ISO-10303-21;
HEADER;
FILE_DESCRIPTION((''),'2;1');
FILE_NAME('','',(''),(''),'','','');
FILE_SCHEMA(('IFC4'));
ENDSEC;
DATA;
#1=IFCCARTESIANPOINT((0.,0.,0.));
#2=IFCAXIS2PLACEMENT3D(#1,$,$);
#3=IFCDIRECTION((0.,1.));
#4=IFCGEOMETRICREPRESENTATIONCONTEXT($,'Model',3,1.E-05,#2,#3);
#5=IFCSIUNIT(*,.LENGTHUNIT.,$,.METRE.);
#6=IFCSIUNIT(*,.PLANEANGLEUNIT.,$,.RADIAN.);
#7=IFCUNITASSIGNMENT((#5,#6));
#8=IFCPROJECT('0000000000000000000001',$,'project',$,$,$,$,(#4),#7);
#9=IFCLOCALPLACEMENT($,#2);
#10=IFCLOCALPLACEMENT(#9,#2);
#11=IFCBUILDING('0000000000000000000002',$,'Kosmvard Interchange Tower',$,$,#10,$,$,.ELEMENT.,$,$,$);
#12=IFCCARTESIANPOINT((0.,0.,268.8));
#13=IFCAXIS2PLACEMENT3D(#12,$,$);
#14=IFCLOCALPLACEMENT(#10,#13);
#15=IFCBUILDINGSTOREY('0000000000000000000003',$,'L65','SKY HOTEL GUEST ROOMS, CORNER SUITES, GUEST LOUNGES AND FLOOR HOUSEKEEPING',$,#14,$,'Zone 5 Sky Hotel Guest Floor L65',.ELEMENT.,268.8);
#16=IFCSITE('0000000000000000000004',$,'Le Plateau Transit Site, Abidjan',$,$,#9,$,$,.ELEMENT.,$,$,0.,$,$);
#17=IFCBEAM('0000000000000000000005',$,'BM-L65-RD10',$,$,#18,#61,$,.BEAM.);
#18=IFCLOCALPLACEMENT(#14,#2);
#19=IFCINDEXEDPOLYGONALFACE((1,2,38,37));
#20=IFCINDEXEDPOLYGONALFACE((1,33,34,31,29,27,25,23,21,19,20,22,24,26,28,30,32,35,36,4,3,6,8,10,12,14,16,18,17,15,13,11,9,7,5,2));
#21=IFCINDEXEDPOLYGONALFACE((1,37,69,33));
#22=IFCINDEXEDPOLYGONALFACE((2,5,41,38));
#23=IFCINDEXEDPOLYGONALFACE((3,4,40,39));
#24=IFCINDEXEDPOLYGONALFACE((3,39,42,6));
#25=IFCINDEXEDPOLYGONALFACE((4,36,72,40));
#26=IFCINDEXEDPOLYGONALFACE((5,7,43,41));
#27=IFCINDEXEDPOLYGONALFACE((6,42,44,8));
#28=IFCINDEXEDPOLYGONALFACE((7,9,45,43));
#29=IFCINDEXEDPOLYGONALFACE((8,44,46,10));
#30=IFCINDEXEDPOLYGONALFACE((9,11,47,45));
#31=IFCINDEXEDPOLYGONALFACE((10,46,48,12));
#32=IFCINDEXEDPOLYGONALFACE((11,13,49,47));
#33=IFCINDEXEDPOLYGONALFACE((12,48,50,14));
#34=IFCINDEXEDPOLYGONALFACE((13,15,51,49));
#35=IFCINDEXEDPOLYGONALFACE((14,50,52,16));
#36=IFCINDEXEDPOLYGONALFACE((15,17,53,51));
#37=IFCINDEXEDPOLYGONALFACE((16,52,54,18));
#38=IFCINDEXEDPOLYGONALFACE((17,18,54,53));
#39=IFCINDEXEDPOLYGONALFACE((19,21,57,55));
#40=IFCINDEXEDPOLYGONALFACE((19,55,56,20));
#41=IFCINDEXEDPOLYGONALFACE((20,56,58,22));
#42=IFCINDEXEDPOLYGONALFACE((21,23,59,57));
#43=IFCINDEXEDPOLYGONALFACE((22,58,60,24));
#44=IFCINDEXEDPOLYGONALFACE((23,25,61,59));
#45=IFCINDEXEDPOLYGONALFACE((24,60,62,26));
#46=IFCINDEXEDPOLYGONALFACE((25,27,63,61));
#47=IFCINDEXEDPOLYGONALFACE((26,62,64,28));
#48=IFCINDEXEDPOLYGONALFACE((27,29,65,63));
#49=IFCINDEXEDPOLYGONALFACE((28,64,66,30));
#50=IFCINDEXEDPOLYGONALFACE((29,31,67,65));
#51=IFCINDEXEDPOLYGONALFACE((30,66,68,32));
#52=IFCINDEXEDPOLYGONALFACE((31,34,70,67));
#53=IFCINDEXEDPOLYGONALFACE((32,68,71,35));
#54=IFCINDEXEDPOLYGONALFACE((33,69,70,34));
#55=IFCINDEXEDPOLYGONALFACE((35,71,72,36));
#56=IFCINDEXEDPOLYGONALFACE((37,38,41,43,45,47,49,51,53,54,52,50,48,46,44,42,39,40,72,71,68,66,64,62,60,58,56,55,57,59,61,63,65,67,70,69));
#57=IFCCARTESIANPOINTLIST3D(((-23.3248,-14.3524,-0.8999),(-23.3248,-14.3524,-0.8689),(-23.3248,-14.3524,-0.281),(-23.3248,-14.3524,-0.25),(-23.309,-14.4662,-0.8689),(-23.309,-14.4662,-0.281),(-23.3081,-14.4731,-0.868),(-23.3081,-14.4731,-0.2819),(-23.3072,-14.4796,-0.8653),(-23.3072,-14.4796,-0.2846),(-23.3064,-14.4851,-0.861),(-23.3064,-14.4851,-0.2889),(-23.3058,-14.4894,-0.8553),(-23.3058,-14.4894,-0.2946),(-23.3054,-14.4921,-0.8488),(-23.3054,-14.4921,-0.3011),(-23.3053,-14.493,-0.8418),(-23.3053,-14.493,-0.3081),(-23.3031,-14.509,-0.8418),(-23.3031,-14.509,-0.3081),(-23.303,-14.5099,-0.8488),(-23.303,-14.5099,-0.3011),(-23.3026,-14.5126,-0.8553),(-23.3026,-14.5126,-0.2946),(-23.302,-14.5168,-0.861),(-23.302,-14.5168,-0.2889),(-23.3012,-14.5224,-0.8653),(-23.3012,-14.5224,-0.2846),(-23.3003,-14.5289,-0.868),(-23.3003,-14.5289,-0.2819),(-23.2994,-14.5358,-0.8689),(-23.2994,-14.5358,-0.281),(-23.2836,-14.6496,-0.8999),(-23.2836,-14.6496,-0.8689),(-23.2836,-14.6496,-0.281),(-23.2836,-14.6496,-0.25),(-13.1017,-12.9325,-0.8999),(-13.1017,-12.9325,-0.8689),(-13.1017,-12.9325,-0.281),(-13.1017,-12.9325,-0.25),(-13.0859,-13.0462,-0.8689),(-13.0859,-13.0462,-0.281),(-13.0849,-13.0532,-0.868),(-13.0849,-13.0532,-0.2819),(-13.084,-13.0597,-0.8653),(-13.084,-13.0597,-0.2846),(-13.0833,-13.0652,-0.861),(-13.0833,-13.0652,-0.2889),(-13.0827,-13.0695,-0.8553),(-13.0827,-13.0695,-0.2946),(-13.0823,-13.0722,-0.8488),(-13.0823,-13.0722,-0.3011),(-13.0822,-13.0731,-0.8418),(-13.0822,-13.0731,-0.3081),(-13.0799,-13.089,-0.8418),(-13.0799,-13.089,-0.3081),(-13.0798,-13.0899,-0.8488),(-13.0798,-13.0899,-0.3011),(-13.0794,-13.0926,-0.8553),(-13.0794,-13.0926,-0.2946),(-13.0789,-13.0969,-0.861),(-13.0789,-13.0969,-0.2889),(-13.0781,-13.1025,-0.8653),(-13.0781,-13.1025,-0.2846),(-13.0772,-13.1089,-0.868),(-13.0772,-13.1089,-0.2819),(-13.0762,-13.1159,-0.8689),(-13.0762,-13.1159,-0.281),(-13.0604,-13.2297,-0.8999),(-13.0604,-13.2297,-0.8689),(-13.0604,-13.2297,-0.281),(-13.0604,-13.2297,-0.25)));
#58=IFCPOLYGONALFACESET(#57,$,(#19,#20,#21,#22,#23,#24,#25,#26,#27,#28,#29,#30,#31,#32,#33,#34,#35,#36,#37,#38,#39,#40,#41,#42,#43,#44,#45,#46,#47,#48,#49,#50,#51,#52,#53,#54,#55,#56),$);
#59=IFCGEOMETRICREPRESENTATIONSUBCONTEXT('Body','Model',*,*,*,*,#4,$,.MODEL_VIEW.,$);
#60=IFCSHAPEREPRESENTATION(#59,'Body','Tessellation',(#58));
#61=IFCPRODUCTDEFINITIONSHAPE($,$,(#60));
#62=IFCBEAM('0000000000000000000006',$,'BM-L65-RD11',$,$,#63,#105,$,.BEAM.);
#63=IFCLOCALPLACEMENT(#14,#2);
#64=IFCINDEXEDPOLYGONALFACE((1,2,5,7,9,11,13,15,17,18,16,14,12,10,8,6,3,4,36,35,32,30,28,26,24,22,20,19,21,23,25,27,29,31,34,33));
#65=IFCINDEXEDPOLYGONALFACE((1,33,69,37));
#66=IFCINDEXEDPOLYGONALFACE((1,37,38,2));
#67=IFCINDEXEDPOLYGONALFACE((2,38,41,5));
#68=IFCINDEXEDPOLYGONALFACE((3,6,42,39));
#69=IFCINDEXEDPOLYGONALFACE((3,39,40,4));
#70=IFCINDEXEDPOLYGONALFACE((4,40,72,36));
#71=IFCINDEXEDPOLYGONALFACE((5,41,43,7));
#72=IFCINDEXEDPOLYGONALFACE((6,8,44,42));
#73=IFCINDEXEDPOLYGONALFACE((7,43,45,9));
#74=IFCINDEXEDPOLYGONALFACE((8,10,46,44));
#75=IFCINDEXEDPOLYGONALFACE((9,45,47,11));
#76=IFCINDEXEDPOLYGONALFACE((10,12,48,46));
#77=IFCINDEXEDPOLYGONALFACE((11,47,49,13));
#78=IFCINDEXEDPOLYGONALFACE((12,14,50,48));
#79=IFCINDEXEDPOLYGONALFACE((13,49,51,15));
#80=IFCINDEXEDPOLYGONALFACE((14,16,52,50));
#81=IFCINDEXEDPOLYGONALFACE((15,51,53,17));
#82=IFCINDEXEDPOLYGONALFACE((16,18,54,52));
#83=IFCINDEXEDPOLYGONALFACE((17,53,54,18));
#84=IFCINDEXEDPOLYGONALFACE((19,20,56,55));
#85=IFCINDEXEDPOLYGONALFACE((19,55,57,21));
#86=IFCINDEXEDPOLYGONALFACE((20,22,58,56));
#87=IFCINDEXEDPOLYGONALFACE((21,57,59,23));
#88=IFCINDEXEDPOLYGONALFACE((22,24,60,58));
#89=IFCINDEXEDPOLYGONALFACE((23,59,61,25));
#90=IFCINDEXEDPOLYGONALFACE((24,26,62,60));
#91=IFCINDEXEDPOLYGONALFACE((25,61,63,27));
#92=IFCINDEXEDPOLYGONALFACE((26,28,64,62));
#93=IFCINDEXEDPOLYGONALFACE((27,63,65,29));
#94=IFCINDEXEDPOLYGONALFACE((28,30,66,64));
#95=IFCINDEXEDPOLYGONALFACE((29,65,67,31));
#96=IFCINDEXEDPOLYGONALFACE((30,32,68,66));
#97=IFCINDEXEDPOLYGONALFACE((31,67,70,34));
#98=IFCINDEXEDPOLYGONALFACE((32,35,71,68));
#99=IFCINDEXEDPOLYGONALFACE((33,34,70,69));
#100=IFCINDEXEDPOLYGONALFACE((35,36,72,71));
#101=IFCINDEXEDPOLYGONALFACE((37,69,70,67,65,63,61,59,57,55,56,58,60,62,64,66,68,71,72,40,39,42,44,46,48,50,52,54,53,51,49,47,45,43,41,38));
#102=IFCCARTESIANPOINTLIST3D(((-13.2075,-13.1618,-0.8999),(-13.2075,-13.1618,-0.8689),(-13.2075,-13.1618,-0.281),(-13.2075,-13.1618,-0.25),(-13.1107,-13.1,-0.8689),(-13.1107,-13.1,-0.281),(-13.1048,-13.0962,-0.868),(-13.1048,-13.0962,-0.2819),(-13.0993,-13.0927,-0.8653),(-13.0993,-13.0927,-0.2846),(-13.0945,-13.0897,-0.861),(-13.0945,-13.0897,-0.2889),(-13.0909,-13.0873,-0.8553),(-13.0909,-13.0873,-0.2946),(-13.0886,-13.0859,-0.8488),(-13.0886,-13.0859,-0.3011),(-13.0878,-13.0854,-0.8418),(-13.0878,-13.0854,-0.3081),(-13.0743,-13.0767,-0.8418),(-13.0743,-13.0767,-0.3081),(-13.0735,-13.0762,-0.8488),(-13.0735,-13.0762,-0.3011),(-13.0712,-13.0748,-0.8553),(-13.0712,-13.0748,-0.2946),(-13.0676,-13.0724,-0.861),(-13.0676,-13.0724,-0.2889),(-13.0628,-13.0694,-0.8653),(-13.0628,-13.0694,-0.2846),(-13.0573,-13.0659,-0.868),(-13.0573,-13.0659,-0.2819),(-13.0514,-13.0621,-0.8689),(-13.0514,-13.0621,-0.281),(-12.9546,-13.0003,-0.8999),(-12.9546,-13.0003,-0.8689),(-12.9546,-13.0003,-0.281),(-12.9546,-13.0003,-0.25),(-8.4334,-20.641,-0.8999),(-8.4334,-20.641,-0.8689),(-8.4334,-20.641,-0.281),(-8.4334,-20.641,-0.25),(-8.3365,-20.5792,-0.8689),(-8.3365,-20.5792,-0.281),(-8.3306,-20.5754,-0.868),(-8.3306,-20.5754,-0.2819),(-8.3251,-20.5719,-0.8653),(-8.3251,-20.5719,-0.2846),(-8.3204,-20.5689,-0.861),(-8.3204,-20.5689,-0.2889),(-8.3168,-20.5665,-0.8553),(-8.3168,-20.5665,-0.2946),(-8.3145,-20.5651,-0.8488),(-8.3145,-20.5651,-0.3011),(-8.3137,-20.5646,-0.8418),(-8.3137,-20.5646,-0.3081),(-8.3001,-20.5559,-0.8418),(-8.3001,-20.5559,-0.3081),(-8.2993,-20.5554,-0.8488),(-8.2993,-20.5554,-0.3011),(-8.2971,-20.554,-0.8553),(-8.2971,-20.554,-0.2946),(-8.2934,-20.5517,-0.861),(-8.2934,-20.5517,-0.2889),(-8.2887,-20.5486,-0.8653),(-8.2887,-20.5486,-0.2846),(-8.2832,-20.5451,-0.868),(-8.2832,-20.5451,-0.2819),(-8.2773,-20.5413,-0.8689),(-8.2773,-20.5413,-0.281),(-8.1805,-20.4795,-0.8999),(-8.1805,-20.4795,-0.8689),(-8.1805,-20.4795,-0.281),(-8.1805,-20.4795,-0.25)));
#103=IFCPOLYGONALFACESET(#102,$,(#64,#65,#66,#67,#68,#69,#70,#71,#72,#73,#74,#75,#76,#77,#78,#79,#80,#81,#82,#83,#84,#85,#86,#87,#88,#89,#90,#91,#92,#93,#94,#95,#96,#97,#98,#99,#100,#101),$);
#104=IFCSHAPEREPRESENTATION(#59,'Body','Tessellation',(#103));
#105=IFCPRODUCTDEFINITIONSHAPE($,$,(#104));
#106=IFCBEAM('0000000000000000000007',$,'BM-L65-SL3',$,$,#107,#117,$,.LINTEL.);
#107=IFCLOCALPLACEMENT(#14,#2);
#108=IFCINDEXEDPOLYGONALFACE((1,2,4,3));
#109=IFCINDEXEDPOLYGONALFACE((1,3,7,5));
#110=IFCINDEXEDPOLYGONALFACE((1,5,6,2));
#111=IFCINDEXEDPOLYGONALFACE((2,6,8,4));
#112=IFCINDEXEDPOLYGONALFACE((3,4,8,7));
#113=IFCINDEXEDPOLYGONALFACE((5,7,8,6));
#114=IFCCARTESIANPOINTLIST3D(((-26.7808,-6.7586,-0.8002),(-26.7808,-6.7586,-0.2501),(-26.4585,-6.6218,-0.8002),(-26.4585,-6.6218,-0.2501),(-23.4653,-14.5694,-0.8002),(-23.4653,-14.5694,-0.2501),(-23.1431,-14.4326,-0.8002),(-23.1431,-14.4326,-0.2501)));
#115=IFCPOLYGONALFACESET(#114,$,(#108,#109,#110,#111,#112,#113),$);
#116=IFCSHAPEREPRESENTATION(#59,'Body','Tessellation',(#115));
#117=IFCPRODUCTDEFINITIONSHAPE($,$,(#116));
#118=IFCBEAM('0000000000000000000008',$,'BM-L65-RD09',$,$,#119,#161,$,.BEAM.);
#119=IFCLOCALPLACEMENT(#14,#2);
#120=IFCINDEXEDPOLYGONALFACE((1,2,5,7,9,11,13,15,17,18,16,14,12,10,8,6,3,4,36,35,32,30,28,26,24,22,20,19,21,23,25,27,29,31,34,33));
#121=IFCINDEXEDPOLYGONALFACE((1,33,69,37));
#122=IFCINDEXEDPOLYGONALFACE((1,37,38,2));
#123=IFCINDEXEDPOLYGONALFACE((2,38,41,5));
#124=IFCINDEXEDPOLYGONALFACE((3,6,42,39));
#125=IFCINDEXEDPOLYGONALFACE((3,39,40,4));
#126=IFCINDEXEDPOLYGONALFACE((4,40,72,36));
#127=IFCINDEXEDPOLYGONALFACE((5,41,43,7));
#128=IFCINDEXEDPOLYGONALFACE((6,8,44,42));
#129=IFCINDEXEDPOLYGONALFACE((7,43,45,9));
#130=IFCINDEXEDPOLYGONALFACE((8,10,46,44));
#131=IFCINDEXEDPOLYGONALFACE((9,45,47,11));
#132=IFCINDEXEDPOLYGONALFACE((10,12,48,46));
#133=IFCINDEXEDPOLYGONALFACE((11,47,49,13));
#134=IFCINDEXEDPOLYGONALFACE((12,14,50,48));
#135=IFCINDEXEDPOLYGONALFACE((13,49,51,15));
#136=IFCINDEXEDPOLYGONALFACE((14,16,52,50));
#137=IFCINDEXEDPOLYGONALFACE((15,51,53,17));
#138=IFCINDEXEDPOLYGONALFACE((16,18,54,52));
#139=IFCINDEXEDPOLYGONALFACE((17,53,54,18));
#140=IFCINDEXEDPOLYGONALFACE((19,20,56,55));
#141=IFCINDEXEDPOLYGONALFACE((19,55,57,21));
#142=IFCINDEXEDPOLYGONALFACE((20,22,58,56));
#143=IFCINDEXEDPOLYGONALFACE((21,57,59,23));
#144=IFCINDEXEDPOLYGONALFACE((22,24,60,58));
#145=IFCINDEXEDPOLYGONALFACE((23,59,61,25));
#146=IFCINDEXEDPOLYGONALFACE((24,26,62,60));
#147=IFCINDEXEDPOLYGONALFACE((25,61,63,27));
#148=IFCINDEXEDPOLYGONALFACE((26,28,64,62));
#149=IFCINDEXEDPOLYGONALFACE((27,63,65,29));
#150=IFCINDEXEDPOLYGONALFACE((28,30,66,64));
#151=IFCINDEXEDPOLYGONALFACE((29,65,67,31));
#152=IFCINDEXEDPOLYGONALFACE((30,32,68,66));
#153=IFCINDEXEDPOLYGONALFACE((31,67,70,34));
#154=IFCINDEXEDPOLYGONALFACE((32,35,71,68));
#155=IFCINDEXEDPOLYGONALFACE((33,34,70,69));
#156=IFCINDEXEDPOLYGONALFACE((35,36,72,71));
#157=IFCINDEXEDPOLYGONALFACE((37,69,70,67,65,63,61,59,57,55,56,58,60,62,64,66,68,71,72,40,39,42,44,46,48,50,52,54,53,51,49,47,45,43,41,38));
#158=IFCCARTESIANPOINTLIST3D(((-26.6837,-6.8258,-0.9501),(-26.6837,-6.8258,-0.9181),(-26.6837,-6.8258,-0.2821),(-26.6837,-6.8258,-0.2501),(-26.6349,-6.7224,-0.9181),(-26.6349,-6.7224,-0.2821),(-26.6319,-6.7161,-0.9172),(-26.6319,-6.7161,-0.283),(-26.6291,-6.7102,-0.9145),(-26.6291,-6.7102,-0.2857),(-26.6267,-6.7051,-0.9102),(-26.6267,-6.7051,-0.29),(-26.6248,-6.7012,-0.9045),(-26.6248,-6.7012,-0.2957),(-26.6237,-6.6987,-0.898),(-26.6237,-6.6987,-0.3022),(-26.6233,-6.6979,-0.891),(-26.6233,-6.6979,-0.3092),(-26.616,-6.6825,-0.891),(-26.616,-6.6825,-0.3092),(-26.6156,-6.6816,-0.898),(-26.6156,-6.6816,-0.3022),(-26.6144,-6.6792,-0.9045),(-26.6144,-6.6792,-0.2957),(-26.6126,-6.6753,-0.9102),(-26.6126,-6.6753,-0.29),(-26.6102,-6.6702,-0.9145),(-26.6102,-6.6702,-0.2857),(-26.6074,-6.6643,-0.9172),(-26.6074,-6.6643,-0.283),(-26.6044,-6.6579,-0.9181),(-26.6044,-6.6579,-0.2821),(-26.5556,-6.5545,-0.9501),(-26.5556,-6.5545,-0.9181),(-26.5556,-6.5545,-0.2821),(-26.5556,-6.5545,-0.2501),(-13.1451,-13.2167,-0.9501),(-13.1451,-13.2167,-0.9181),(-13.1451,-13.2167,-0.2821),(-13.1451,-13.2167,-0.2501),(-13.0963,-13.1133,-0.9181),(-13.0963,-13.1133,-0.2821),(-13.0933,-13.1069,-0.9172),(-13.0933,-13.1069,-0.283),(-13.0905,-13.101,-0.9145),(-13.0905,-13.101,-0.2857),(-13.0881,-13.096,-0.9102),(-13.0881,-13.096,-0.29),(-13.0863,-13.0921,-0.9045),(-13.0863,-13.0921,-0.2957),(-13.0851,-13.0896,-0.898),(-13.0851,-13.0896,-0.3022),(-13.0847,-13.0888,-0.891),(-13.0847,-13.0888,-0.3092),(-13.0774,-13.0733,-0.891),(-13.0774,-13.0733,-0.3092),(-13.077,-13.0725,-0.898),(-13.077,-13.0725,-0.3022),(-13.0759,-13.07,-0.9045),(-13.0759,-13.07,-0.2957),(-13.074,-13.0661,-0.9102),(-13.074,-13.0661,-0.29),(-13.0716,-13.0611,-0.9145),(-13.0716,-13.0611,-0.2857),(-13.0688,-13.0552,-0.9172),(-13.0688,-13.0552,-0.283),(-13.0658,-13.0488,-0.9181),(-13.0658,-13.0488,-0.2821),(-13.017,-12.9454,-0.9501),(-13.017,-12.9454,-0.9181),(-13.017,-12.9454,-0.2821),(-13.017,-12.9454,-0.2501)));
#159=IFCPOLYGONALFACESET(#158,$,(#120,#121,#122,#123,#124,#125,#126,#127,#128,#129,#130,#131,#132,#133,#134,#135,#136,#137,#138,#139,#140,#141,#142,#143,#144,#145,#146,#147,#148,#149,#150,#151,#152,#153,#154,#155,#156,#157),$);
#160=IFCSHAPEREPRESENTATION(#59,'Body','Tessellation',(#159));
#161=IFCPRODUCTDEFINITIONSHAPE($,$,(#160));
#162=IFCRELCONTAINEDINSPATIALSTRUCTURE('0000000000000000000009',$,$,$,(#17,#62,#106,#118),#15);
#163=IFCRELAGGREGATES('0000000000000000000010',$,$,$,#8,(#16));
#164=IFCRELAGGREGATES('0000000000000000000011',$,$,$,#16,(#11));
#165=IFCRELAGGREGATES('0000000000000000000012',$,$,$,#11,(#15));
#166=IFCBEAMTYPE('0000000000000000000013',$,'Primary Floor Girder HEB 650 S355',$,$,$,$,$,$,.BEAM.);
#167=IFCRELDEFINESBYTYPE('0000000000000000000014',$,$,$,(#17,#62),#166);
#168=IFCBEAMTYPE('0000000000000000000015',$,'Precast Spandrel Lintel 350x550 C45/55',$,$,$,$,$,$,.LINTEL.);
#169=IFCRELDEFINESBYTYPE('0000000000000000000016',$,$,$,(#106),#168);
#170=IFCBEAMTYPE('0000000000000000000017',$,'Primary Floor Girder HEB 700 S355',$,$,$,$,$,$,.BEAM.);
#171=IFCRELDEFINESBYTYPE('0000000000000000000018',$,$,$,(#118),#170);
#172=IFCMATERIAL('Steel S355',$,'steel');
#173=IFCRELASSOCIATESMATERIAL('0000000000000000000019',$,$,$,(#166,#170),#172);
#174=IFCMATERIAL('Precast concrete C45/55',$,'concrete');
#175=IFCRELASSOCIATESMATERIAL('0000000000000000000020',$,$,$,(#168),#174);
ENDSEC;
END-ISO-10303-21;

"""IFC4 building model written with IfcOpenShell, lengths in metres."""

from ifc_helpers import new_model, si_unit, direction, frame, origin, origin_2d, place, context, subcontext, project, spatial, rectangle, i_section, extrude, source, transform, mapped, material, material_profile, profile_set, type_object, element, save


model = new_model("IFC4")

# Units and contexts
model_context = context("Model", 3, precision=1e-05, world=origin(), true_north=direction((0.0, 1.0)))
body_context = subcontext(model_context, "Body", "Model", "MODEL_VIEW")
ifc_project = project(units=[si_unit("LENGTHUNIT", "METRE"), si_unit("PLANEANGLEUNIT", "RADIAN")], contexts=[model_context])

# Site, building, storey
site_placement = place(None, origin())
site = spatial("IfcSite", under=ifc_project, at=site_placement, Name="Le Plateau Transit Site, Abidjan", CompositionType="ELEMENT", RefElevation=0.0)
building_placement = place(site_placement, origin())
building = spatial("IfcBuilding", under=site, at=building_placement, Name="Kosmvard Interchange Tower", CompositionType="ELEMENT")
storey_placement = place(building_placement, frame((0.0, 0.0, 268.8)))
storey = spatial("IfcBuildingStorey", under=building, at=storey_placement, Name="L65", Description="SKY HOTEL GUEST ROOMS, CORNER SUITES, GUEST LOUNGES AND FLOOR HOUSEKEEPING", LongName="Zone 5 Sky Hotel Guest Floor L65", CompositionType="ELEMENT", Elevation=268.8)

# Beams
ifc_material_1 = material(Name="Steel S355", Category="steel")
ifc_material_profile_1 = material_profile(ifc_material_1, i_section(OverallWidth=0.3, OverallDepth=0.6499, WebThickness=0.0161, FlangeThickness=0.031, FilletRadius=0.0271, at=origin_2d()), Name="HEB 650")
ifc_profile_set_1 = profile_set([ifc_material_profile_1], Name="Steel S355")
beam_type_1 = type_object("IfcBeamType", Name="Primary Floor Girder HEB 650 S355", PredefinedType="BEAM", material=ifc_profile_set_1)
shared_shape_1 = source(origin(), body_context, "Body", "SweptSolid", [
    extrude(i_section(OverallWidth=0.3, OverallDepth=0.6499, WebThickness=0.0161, FlangeThickness=0.031, FilletRadius=0.0271, at=origin_2d()), origin(), (0.0, 0.0, 1.0), 10.3213),
])
beam_1_placement = place(storey_placement, frame((-13.0811, -13.0811, -0.575), z_axis=(-0.990492, -0.137572, 0.0), x_axis=(0.137572, -0.990492, 0.0)))
element("IfcBeam", 1, at=beam_1_placement, inside=storey, type_object=beam_type_1, Name="BM-L65-RD10", PredefinedType="BEAM", context=body_context, shape_type="MappedRepresentation", body=[
    mapped(shared_shape_1, transform((0.0, 0.0, 0.0), scale=1.0)),
])
shared_shape_2 = source(origin(), body_context, "Body", "SweptSolid", [
    extrude(i_section(OverallWidth=0.3, OverallDepth=0.6499, WebThickness=0.0161, FlangeThickness=0.031, FilletRadius=0.0271, at=origin_2d()), origin(), (0.0, 0.0, 1.0), 8.873),
])
beam_2_placement = place(storey_placement, frame((-13.0811, -13.0811, -0.575), z_axis=(0.53805, -0.842913, 0.0), x_axis=(0.842913, 0.53805, 0.0)))
element("IfcBeam", 2, at=beam_2_placement, inside=storey, type_object=beam_type_1, Name="BM-L65-RD11", PredefinedType="BEAM", context=body_context, shape_type="MappedRepresentation", body=[
    mapped(shared_shape_2, transform((0.0, 0.0, 0.0), scale=1.0)),
])
ifc_material_2 = material(Name="Precast concrete C45/55", Category="concrete")
ifc_material_profile_2 = material_profile(ifc_material_2, rectangle(XDim=0.3501, YDim=0.55, at=origin_2d()), Name="SL 350x550")
ifc_profile_set_2 = profile_set([ifc_material_profile_2], Name="Precast concrete C45/55")
beam_type_2 = type_object("IfcBeamType", Name="Precast Spandrel Lintel 350x550 C45/55", PredefinedType="LINTEL", material=ifc_profile_set_2)
shared_shape_3 = source(origin(), body_context, "Body", "SweptSolid", [
    extrude(rectangle(XDim=0.3501, YDim=0.55, at=origin_2d()), origin(), (0.0, 0.0, 1.0), 8.4854),
])
beam_3_placement = place(storey_placement, frame((-26.6196, -6.6902, -0.5251), z_axis=(0.390726, -0.920507, 0.0), x_axis=(0.920507, 0.390726, 0.0)))
element("IfcBeam", 3, at=beam_3_placement, inside=storey, type_object=beam_type_2, Name="BM-L65-SL3", PredefinedType="LINTEL", context=body_context, shape_type="MappedRepresentation", body=[
    mapped(shared_shape_3, transform((0.0, 0.0, 0.0), scale=1.0)),
])
ifc_material_profile_3 = material_profile(ifc_material_1, i_section(OverallWidth=0.3, OverallDepth=0.7, WebThickness=0.0171, FlangeThickness=0.032, FilletRadius=0.0271, at=origin_2d()), Name="HEB 700")
ifc_profile_set_3 = profile_set([ifc_material_profile_3], Name="Steel S355")
beam_type_3 = type_object("IfcBeamType", Name="Primary Floor Girder HEB 700 S355", PredefinedType="BEAM", material=ifc_profile_set_3)
shared_shape_4 = source(origin(), body_context, "Body", "SweptSolid", [
    extrude(i_section(OverallWidth=0.3, OverallDepth=0.7, WebThickness=0.0171, FlangeThickness=0.032, FilletRadius=0.0271, at=origin_2d()), origin(), (0.0, 0.0, 1.0), 14.9712),
])
beam_4_placement = place(storey_placement, frame((-13.0811, -13.0811, -0.6001), z_axis=(-0.904309, 0.426878, 0.0), x_axis=(-0.426878, -0.904309, 0.0)))
element("IfcBeam", 4, at=beam_4_placement, inside=storey, type_object=beam_type_3, Name="BM-L65-RD09", PredefinedType="BEAM", context=body_context, shape_type="MappedRepresentation", body=[
    mapped(shared_shape_4, transform((0.0, 0.0, 0.0), scale=1.0)),
])

save(model, "model.ifc")
